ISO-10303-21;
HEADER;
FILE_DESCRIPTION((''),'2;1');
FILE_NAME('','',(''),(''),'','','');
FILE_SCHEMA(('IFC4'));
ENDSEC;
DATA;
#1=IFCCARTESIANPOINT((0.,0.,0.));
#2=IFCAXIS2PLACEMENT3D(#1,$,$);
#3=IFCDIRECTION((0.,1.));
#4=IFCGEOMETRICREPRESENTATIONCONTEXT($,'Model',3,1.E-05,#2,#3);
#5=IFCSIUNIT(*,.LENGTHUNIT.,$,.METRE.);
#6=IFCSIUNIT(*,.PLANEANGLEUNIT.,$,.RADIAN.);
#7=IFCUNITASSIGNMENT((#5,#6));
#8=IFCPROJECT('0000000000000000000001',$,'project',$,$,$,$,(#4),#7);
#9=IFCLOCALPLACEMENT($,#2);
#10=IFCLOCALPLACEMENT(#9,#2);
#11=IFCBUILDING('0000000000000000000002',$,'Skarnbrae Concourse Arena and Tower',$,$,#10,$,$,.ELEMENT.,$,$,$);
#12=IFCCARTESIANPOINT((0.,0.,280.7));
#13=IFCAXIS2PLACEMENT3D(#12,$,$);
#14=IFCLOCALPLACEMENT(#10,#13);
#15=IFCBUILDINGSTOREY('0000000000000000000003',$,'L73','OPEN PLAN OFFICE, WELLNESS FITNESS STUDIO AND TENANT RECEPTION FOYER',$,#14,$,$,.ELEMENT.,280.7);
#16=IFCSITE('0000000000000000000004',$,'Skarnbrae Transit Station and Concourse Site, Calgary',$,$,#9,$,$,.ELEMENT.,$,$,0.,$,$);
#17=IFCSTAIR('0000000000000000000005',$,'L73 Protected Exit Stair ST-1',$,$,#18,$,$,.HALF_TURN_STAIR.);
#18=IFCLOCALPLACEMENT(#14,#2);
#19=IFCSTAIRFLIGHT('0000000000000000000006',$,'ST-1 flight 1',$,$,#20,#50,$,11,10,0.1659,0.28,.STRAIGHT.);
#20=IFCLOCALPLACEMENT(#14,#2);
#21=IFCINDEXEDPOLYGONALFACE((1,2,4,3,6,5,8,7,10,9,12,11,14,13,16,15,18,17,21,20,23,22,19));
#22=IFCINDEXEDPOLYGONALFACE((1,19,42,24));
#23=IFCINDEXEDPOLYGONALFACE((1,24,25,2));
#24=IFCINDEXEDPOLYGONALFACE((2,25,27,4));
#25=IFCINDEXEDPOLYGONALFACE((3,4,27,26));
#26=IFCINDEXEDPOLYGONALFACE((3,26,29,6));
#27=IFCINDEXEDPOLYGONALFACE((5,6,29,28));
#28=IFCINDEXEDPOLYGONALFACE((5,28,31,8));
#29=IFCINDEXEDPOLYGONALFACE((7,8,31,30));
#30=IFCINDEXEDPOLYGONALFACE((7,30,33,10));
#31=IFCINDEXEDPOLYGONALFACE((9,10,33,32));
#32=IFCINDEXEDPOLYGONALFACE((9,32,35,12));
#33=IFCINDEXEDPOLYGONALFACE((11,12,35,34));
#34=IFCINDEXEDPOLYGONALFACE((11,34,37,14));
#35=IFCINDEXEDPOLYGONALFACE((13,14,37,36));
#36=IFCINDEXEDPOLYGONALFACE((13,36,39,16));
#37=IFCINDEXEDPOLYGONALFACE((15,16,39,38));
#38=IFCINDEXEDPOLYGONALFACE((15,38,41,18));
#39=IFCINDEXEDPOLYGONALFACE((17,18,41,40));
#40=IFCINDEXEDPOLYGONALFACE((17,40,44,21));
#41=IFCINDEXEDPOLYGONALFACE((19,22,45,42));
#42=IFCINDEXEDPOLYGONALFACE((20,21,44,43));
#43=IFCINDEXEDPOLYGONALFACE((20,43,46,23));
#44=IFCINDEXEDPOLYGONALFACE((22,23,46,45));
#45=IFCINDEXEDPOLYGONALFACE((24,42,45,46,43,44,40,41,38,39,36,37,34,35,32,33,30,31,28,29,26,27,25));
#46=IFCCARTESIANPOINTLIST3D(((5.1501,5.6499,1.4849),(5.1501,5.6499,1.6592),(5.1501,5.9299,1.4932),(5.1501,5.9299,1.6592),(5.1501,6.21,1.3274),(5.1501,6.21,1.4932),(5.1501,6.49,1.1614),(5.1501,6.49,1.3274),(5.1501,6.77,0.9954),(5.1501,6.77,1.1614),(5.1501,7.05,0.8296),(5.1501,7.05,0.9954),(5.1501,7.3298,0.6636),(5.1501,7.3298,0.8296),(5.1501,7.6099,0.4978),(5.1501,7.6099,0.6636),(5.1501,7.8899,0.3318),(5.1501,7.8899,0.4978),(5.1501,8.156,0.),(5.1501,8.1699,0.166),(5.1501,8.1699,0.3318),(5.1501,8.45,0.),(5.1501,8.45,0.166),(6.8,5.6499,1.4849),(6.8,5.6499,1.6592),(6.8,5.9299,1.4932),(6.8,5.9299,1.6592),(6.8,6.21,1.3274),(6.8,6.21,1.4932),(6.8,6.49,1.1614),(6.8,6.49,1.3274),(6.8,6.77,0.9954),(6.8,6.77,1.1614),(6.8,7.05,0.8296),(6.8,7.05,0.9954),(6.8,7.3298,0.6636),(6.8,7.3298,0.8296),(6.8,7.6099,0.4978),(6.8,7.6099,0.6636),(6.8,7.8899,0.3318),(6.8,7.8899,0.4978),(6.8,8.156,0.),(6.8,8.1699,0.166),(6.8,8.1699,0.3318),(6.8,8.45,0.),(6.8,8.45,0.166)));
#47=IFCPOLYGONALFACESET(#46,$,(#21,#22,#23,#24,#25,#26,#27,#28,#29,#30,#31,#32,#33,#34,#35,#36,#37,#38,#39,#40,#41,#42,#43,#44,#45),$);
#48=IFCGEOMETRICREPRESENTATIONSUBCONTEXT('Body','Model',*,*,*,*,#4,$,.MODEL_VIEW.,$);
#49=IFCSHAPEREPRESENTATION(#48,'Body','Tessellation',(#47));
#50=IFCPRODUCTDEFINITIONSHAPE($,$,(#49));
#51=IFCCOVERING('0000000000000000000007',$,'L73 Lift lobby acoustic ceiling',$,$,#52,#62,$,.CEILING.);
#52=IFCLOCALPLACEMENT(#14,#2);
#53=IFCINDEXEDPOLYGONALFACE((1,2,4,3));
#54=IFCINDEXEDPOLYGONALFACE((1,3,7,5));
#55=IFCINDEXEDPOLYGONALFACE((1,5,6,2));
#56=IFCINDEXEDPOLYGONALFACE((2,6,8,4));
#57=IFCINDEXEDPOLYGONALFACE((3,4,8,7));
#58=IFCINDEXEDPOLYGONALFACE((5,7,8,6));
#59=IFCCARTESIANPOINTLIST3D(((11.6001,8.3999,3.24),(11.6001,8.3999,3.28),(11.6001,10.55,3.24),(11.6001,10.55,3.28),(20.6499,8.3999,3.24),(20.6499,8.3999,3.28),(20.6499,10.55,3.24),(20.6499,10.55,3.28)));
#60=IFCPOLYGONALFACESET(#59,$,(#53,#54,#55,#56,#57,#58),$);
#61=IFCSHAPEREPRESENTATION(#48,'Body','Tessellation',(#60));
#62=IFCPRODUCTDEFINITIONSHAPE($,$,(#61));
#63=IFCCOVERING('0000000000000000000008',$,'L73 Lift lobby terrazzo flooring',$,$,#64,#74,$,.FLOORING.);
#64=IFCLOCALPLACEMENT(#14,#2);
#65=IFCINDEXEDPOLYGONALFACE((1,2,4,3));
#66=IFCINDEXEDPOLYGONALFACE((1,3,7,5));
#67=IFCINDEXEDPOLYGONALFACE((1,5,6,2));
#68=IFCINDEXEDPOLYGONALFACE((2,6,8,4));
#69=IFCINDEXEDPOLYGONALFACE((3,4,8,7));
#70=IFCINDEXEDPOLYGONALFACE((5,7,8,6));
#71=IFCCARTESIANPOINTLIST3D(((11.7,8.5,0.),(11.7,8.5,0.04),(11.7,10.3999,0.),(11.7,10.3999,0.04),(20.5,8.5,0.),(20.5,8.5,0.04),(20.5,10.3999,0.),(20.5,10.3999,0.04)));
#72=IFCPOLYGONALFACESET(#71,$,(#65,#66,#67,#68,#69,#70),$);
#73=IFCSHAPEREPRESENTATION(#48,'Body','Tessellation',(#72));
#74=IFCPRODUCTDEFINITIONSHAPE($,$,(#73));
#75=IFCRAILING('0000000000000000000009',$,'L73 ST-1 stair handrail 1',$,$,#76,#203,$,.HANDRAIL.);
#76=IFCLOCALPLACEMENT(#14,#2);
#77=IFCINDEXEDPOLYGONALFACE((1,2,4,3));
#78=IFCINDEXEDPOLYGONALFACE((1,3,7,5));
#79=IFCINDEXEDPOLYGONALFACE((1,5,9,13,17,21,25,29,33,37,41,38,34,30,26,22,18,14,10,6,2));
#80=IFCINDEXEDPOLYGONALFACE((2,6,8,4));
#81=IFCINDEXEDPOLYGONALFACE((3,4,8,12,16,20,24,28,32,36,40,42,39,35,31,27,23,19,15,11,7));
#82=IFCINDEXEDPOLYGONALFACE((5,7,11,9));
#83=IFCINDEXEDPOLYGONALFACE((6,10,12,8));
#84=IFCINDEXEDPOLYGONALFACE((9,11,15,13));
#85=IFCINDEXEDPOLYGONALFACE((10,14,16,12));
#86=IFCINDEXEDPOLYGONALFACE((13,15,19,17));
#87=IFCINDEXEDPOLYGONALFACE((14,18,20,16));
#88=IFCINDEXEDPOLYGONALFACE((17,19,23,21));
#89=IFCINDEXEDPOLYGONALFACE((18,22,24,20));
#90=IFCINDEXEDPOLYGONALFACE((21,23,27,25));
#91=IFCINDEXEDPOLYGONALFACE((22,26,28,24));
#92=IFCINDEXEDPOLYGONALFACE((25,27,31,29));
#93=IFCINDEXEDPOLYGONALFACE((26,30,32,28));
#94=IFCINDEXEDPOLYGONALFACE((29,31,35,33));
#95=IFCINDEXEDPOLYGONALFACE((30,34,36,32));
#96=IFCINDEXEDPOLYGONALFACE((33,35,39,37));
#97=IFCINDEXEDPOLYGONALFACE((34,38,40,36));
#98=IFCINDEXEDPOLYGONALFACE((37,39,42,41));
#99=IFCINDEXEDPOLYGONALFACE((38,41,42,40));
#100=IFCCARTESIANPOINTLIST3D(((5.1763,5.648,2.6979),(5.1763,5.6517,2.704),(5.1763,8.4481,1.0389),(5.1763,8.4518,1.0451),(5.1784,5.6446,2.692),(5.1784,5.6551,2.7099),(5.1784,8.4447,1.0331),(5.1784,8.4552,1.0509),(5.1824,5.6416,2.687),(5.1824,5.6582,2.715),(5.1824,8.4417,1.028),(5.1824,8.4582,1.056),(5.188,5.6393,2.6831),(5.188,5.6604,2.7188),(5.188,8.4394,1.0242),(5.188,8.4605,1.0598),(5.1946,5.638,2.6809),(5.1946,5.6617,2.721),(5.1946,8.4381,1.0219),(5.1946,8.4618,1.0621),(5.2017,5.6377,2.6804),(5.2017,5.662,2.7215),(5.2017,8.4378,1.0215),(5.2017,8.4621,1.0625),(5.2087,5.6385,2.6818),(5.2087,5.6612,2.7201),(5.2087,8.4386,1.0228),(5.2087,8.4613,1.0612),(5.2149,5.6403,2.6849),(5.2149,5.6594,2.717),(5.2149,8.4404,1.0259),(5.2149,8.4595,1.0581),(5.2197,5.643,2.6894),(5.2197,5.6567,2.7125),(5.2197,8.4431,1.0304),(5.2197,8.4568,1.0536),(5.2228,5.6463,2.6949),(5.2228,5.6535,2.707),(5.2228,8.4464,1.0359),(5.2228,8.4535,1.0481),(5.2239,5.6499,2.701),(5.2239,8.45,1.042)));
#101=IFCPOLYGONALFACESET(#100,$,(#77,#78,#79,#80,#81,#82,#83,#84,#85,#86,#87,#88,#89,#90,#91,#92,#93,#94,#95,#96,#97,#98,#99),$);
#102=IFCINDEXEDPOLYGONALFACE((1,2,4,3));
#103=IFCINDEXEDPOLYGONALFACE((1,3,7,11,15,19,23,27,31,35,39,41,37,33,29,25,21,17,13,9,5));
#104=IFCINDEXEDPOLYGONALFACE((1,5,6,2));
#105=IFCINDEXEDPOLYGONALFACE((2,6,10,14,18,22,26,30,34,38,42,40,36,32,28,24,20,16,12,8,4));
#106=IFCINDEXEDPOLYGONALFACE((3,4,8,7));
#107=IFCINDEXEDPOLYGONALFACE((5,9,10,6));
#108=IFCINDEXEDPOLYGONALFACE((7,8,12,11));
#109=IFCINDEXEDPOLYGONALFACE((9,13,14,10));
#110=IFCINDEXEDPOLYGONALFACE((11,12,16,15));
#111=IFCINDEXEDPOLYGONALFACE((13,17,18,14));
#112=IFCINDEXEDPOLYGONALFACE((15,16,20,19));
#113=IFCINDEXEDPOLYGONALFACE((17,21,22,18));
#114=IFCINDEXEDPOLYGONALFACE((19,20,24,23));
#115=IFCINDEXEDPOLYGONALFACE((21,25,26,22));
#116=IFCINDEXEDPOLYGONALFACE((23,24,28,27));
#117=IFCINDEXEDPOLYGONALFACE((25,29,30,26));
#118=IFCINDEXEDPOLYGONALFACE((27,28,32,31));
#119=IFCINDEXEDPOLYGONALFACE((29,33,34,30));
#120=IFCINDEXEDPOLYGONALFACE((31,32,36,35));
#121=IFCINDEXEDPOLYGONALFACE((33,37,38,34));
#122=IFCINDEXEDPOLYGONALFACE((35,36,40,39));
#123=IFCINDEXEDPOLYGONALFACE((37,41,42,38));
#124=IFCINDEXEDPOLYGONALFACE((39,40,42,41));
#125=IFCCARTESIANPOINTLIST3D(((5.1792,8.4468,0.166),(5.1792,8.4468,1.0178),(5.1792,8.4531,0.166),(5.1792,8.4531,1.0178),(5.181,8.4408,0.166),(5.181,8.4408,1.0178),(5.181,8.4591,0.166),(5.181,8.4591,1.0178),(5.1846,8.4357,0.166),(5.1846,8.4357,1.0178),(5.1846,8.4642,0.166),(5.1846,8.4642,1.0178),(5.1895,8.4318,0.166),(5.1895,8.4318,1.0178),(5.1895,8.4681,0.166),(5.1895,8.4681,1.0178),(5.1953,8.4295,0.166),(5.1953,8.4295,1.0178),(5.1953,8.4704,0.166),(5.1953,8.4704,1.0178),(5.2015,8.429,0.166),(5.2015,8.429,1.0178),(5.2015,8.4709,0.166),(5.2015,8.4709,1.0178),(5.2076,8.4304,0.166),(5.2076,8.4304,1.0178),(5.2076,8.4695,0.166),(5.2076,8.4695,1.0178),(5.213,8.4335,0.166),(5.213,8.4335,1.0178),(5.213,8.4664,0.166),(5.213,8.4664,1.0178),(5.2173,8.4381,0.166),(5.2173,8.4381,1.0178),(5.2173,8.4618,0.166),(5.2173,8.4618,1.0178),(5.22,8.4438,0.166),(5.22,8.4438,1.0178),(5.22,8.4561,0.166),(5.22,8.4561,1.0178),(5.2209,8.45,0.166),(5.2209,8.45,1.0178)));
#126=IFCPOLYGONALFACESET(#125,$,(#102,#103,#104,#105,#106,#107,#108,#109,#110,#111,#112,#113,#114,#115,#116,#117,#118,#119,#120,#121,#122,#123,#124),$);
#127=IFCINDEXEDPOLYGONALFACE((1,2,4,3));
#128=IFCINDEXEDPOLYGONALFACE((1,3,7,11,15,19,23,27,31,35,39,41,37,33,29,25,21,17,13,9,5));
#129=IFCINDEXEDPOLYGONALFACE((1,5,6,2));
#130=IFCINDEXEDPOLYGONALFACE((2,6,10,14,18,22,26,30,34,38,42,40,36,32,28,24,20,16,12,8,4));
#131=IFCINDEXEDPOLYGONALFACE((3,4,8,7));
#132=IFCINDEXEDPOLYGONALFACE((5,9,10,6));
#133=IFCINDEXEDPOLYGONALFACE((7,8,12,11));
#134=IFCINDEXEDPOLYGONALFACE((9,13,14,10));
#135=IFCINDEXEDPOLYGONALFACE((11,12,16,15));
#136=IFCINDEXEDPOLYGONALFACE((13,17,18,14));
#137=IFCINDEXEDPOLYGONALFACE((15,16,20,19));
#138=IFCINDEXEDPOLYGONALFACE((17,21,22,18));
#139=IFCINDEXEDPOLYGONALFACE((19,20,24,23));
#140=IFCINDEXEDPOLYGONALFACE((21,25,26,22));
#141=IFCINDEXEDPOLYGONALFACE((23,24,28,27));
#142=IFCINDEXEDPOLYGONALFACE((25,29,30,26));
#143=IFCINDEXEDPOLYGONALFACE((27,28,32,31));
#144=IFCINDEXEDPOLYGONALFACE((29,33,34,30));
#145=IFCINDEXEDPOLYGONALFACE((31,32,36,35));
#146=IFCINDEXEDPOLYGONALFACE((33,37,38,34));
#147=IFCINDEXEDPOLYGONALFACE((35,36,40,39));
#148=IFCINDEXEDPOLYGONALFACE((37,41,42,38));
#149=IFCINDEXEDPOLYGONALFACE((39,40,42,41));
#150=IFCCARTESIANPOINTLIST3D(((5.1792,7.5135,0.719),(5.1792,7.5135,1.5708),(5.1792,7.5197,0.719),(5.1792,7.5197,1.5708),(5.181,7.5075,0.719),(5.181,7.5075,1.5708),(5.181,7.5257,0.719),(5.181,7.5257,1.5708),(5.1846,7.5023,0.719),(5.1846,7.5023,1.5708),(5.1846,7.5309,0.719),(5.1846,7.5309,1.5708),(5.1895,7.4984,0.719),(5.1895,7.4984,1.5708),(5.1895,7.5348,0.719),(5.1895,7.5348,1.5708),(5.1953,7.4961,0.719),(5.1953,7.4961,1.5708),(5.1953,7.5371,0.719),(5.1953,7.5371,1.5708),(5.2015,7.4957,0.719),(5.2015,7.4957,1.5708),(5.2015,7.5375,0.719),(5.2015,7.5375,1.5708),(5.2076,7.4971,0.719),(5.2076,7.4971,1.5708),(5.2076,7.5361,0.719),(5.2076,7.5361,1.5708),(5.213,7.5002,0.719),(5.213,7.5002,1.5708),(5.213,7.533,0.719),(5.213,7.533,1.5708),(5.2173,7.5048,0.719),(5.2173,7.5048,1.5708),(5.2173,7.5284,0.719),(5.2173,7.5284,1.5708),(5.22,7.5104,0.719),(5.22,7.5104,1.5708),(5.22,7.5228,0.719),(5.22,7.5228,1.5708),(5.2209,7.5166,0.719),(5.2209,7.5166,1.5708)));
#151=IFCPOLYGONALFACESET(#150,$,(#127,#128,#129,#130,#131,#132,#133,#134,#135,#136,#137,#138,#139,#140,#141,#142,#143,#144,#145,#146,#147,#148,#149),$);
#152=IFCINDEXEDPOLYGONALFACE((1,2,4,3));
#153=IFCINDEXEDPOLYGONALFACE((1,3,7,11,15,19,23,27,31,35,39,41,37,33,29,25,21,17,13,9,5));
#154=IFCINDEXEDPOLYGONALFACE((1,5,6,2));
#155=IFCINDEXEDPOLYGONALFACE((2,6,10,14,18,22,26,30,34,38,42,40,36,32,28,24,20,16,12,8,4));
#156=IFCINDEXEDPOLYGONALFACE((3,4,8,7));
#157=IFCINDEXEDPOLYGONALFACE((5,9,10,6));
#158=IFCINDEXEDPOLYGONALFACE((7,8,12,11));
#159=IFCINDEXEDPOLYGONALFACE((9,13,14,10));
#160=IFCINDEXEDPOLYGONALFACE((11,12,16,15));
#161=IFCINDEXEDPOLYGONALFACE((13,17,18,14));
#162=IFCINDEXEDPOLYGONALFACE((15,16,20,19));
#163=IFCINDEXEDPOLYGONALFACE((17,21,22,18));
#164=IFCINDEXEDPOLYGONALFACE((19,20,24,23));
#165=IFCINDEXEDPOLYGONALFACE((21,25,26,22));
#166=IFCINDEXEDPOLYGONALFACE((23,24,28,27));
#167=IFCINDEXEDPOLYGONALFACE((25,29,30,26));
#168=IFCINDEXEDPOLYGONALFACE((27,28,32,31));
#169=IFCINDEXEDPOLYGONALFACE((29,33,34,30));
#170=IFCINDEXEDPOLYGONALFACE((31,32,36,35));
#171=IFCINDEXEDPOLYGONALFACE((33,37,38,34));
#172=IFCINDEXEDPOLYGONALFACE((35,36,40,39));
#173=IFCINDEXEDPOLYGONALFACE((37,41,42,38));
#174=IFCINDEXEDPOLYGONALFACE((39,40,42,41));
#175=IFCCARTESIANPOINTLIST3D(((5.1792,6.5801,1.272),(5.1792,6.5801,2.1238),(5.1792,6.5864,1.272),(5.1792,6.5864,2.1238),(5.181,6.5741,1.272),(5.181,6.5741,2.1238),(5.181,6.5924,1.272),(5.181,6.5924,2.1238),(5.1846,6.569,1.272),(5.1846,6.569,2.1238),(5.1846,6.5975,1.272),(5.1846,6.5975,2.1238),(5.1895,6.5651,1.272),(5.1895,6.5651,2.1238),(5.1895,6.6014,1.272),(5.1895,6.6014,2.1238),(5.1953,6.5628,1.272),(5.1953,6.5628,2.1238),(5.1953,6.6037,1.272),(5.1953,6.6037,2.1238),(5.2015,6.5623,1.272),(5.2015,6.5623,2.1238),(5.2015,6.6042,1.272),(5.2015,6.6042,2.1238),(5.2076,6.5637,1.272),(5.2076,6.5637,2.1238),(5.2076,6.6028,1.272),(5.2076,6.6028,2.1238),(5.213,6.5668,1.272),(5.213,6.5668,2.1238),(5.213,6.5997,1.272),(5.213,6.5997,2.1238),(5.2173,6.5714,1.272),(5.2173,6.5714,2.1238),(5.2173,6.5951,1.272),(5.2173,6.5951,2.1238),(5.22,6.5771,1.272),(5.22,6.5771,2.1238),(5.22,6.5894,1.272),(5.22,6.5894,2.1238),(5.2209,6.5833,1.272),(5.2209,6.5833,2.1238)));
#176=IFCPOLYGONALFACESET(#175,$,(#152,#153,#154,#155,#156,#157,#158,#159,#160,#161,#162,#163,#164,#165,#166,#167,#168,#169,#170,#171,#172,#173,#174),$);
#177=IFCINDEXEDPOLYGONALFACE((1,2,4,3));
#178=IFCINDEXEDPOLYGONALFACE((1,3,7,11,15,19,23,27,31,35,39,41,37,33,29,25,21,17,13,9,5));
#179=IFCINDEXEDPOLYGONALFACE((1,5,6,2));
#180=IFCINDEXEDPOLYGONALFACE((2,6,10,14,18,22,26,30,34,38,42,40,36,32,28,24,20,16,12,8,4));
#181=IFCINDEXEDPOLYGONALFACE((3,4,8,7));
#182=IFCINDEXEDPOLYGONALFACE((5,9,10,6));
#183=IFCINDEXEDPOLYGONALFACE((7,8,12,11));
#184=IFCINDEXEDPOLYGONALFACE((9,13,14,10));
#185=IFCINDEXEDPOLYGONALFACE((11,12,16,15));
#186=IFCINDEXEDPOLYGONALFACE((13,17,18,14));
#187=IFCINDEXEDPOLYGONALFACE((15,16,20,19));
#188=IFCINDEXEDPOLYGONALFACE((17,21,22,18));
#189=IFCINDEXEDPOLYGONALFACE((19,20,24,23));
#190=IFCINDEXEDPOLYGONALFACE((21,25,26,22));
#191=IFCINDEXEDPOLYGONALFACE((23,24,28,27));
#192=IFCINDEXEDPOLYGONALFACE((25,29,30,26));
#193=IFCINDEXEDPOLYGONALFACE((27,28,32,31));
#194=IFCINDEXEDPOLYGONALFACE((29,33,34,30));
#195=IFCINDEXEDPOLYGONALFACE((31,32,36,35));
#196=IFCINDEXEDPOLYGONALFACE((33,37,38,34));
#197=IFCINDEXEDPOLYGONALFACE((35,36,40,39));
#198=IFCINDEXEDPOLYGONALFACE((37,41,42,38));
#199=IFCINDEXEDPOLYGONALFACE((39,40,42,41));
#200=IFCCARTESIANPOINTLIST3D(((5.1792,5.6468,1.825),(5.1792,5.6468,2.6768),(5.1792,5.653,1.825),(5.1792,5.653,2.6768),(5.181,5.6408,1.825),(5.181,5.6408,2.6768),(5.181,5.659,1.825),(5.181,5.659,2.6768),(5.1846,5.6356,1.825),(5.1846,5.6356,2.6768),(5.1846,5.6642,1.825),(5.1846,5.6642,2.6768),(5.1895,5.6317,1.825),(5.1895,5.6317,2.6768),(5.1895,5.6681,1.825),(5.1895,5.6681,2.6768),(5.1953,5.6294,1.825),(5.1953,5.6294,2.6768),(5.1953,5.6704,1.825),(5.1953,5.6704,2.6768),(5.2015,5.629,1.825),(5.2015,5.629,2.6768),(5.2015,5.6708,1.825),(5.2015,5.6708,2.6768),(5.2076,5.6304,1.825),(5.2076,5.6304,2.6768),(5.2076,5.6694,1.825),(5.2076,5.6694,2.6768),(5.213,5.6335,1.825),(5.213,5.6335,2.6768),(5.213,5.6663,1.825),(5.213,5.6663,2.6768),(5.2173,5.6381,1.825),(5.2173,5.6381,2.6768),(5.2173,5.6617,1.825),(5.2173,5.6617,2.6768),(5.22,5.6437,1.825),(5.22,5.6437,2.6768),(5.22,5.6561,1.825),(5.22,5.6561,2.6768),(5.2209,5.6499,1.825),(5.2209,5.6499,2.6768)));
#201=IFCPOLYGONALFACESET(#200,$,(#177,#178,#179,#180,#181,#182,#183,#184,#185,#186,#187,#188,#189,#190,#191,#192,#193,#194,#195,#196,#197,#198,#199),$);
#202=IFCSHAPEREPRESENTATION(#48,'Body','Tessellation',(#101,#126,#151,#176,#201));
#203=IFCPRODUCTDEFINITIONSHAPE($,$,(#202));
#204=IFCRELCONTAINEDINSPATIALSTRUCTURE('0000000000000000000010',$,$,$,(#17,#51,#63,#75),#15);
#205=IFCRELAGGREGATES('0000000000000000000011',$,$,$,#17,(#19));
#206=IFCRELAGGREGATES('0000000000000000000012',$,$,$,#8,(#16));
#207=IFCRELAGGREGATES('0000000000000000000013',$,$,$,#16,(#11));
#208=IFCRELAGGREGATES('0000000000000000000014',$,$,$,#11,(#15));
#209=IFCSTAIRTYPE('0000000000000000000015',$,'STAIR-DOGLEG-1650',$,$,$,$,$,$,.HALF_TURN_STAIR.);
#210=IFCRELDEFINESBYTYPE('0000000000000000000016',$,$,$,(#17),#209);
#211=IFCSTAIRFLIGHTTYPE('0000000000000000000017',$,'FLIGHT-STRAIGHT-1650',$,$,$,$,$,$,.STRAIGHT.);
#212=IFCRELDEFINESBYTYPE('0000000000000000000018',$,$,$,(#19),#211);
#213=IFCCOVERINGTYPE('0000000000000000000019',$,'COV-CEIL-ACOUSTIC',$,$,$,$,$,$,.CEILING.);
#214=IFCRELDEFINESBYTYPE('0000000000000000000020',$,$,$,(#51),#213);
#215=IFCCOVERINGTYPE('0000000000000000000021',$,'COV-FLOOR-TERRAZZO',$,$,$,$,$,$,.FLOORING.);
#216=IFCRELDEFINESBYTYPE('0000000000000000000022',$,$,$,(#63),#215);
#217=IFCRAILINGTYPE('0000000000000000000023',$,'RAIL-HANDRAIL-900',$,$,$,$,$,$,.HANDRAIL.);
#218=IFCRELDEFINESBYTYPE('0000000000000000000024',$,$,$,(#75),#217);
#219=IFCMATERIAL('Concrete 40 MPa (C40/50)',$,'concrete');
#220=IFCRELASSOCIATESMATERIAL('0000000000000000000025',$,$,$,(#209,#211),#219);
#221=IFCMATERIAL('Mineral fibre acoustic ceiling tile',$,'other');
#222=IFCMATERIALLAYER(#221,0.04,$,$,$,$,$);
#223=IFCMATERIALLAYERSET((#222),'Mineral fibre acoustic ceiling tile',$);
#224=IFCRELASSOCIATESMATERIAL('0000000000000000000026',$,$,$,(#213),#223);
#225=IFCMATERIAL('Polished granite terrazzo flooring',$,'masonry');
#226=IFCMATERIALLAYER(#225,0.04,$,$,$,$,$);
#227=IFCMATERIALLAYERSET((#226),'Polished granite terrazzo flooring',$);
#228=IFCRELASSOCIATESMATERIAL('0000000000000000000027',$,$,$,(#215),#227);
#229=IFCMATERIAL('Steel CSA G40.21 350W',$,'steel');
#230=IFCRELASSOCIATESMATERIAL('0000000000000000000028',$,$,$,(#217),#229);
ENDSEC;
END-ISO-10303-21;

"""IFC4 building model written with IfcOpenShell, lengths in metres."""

from ifc_helpers import new_model, si_unit, direction, frame, origin, origin_2d, place, context, subcontext, project, spatial, polyline, circle, outline, extrude, source, transform, mapped, material, layer, layer_set, type_object, element, aggregate, save


model = new_model("IFC4")

# Units and contexts
model_context = context("Model", 3, precision=1e-05, world=origin(), true_north=direction((0.0, 1.0)))
body_context = subcontext(model_context, "Body", "Model", "MODEL_VIEW")
ifc_project = project(units=[si_unit("LENGTHUNIT", "METRE"), si_unit("PLANEANGLEUNIT", "RADIAN")], contexts=[model_context])

# Site, building, storey
site_placement = place(None, origin())
site = spatial("IfcSite", under=ifc_project, at=site_placement, Name="Skarnbrae Transit Station and Concourse Site, Calgary", CompositionType="ELEMENT", RefElevation=0.0)
building_placement = place(site_placement, origin())
building = spatial("IfcBuilding", under=site, at=building_placement, Name="Skarnbrae Concourse Arena and Tower", CompositionType="ELEMENT")
storey_placement = place(building_placement, frame((0.0, 0.0, 280.7)))
storey = spatial("IfcBuildingStorey", under=building, at=storey_placement, Name="L73", Description="OPEN PLAN OFFICE, WELLNESS FITNESS STUDIO AND TENANT RECEPTION FOYER", CompositionType="ELEMENT", Elevation=280.7)

# Shared definitions
ifc_material_1 = material(Name="Steel CSA G40.21 350W", Category="steel")

# Stair
ifc_material_2 = material(Name="Concrete 40 MPa (C40/50)", Category="concrete")
stair_type = type_object("IfcStairType", Name="STAIR-DOGLEG-1650", PredefinedType="HALF_TURN_STAIR", material=ifc_material_2)
stair_1_placement = place(storey_placement, origin())
stair_1 = element("IfcStair", 1, at=stair_1_placement, inside=storey, type_object=stair_type, Name="L73 Protected Exit Stair ST-1", PredefinedType="HALF_TURN_STAIR")

# Stair flight
stair_flight_type = type_object("IfcStairFlightType", Name="FLIGHT-STRAIGHT-1650", PredefinedType="STRAIGHT", material=ifc_material_2)
shared_shape_1 = source(origin(), body_context, "Body", "SweptSolid", [
    extrude(outline(polyline([(0.0, 0.0), (0.0, 0.166), (0.28, 0.166), (0.28, 0.3318), (0.5601, 0.3318), (0.5601, 0.4978), (0.8401, 0.4978), (0.8401, 0.6636), (1.1201, 0.6636), (1.1201, 0.8296), (1.3999, 0.8296), (1.3999, 0.9954), (1.6799, 0.9954), (1.6799, 1.1614), (1.96, 1.1614), (1.96, 1.3274), (2.24, 1.3274), (2.24, 1.4932), (2.52, 1.4932), (2.52, 1.6592), (2.8, 1.6592), (2.8, 1.825), (2.8, 1.4849), (0.2939, 0.0), (0.0, 0.0)])), frame((0.0, 0.825, 0.0), z_axis=(0.0, -1.0, 0.0), x_axis=(1.0, 0.0, 0.0)), (0.0, 0.0, 1.0), 1.6499),
])
stair_flight_placement = place(storey_placement, frame((5.9751, 8.45, 0.0), z_axis=(0.0, 0.0, 1.0), x_axis=(0.0, -1.0, 0.0)))
stair_flight = element("IfcStairFlight", 2, at=stair_flight_placement, type_object=stair_flight_type, Name="ST-1 flight 1", NumberOfRisers=11, NumberOfTreads=10, PredefinedType="STRAIGHT", RiserHeight=0.1659, TreadLength=0.28, context=body_context, shape_type="MappedRepresentation", body=[
    mapped(shared_shape_1, transform((0.0, 0.0, 0.0))),
])
aggregate(stair_1, [stair_flight])

# Coverings
ifc_material_3 = material(Name="Mineral fibre acoustic ceiling tile", Category="other")
ifc_layer_1 = layer(ifc_material_3, 0.04)
ifc_layer_set_1 = layer_set([ifc_layer_1], Name="Mineral fibre acoustic ceiling tile")
covering_type_1 = type_object("IfcCoveringType", Name="COV-CEIL-ACOUSTIC", PredefinedType="CEILING", material=ifc_layer_set_1)
covering_1_placement = place(storey_placement, frame((0.0, 0.0, 3.24)))
element("IfcCovering", 3, at=covering_1_placement, inside=storey, type_object=covering_type_1, Name="L73 Lift lobby acoustic ceiling", PredefinedType="CEILING", context=body_context, shape_type="SweptSolid", body=[
    extrude(outline(polyline([(11.6001, 8.3999), (20.6499, 8.3999), (20.6499, 10.55), (11.6001, 10.55), (11.6001, 8.3999)])), origin(), (0.0, 0.0, 1.0), 0.04),
])
ifc_material_4 = material(Name="Polished granite terrazzo flooring", Category="masonry")
ifc_layer_2 = layer(ifc_material_4, 0.04)
ifc_layer_set_2 = layer_set([ifc_layer_2], Name="Polished granite terrazzo flooring")
covering_type_2 = type_object("IfcCoveringType", Name="COV-FLOOR-TERRAZZO", PredefinedType="FLOORING", material=ifc_layer_set_2)
covering_2_placement = place(storey_placement, origin())
element("IfcCovering", 4, at=covering_2_placement, inside=storey, type_object=covering_type_2, Name="L73 Lift lobby terrazzo flooring", PredefinedType="FLOORING", context=body_context, shape_type="SweptSolid", body=[
    extrude(outline(polyline([(11.7, 8.5), (20.5, 8.5), (20.5, 10.3999), (11.7, 10.3999), (11.7, 8.5)])), origin(), (0.0, 0.0, 1.0), 0.04),
])

# Railing
railing_type = type_object("IfcRailingType", Name="RAIL-HANDRAIL-900", PredefinedType="HANDRAIL", material=ifc_material_1)
railing_placement = place(storey_placement, frame((5.2, 8.45, 0.166)))
element("IfcRailing", 5, at=railing_placement, inside=storey, type_object=railing_type, Name="L73 ST-1 stair handrail 1", PredefinedType="HANDRAIL", context=body_context, shape_type="SweptSolid", body=[
    extrude(circle(Radius=0.0239, at=origin_2d()), frame((0.0, 0.0, 0.876), z_axis=(0.0, -0.860339, 0.509722), x_axis=(1.0, 0.0, 0.0)), (0.0, 0.0, 1.0), 3.2546),
    extrude(circle(Radius=0.021, at=origin_2d()), origin(), (0.0, 0.0, 1.0), 0.8518),
    extrude(circle(Radius=0.021, at=origin_2d()), frame((0.0, -0.9333, 0.553)), (0.0, 0.0, 1.0), 0.8518),
    extrude(circle(Radius=0.021, at=origin_2d()), frame((0.0, -1.8667, 1.106)), (0.0, 0.0, 1.0), 0.8518),
    extrude(circle(Radius=0.021, at=origin_2d()), frame((0.0, -2.8, 1.6589)), (0.0, 0.0, 1.0), 0.8518),
])

save(model, "model.ifc")
